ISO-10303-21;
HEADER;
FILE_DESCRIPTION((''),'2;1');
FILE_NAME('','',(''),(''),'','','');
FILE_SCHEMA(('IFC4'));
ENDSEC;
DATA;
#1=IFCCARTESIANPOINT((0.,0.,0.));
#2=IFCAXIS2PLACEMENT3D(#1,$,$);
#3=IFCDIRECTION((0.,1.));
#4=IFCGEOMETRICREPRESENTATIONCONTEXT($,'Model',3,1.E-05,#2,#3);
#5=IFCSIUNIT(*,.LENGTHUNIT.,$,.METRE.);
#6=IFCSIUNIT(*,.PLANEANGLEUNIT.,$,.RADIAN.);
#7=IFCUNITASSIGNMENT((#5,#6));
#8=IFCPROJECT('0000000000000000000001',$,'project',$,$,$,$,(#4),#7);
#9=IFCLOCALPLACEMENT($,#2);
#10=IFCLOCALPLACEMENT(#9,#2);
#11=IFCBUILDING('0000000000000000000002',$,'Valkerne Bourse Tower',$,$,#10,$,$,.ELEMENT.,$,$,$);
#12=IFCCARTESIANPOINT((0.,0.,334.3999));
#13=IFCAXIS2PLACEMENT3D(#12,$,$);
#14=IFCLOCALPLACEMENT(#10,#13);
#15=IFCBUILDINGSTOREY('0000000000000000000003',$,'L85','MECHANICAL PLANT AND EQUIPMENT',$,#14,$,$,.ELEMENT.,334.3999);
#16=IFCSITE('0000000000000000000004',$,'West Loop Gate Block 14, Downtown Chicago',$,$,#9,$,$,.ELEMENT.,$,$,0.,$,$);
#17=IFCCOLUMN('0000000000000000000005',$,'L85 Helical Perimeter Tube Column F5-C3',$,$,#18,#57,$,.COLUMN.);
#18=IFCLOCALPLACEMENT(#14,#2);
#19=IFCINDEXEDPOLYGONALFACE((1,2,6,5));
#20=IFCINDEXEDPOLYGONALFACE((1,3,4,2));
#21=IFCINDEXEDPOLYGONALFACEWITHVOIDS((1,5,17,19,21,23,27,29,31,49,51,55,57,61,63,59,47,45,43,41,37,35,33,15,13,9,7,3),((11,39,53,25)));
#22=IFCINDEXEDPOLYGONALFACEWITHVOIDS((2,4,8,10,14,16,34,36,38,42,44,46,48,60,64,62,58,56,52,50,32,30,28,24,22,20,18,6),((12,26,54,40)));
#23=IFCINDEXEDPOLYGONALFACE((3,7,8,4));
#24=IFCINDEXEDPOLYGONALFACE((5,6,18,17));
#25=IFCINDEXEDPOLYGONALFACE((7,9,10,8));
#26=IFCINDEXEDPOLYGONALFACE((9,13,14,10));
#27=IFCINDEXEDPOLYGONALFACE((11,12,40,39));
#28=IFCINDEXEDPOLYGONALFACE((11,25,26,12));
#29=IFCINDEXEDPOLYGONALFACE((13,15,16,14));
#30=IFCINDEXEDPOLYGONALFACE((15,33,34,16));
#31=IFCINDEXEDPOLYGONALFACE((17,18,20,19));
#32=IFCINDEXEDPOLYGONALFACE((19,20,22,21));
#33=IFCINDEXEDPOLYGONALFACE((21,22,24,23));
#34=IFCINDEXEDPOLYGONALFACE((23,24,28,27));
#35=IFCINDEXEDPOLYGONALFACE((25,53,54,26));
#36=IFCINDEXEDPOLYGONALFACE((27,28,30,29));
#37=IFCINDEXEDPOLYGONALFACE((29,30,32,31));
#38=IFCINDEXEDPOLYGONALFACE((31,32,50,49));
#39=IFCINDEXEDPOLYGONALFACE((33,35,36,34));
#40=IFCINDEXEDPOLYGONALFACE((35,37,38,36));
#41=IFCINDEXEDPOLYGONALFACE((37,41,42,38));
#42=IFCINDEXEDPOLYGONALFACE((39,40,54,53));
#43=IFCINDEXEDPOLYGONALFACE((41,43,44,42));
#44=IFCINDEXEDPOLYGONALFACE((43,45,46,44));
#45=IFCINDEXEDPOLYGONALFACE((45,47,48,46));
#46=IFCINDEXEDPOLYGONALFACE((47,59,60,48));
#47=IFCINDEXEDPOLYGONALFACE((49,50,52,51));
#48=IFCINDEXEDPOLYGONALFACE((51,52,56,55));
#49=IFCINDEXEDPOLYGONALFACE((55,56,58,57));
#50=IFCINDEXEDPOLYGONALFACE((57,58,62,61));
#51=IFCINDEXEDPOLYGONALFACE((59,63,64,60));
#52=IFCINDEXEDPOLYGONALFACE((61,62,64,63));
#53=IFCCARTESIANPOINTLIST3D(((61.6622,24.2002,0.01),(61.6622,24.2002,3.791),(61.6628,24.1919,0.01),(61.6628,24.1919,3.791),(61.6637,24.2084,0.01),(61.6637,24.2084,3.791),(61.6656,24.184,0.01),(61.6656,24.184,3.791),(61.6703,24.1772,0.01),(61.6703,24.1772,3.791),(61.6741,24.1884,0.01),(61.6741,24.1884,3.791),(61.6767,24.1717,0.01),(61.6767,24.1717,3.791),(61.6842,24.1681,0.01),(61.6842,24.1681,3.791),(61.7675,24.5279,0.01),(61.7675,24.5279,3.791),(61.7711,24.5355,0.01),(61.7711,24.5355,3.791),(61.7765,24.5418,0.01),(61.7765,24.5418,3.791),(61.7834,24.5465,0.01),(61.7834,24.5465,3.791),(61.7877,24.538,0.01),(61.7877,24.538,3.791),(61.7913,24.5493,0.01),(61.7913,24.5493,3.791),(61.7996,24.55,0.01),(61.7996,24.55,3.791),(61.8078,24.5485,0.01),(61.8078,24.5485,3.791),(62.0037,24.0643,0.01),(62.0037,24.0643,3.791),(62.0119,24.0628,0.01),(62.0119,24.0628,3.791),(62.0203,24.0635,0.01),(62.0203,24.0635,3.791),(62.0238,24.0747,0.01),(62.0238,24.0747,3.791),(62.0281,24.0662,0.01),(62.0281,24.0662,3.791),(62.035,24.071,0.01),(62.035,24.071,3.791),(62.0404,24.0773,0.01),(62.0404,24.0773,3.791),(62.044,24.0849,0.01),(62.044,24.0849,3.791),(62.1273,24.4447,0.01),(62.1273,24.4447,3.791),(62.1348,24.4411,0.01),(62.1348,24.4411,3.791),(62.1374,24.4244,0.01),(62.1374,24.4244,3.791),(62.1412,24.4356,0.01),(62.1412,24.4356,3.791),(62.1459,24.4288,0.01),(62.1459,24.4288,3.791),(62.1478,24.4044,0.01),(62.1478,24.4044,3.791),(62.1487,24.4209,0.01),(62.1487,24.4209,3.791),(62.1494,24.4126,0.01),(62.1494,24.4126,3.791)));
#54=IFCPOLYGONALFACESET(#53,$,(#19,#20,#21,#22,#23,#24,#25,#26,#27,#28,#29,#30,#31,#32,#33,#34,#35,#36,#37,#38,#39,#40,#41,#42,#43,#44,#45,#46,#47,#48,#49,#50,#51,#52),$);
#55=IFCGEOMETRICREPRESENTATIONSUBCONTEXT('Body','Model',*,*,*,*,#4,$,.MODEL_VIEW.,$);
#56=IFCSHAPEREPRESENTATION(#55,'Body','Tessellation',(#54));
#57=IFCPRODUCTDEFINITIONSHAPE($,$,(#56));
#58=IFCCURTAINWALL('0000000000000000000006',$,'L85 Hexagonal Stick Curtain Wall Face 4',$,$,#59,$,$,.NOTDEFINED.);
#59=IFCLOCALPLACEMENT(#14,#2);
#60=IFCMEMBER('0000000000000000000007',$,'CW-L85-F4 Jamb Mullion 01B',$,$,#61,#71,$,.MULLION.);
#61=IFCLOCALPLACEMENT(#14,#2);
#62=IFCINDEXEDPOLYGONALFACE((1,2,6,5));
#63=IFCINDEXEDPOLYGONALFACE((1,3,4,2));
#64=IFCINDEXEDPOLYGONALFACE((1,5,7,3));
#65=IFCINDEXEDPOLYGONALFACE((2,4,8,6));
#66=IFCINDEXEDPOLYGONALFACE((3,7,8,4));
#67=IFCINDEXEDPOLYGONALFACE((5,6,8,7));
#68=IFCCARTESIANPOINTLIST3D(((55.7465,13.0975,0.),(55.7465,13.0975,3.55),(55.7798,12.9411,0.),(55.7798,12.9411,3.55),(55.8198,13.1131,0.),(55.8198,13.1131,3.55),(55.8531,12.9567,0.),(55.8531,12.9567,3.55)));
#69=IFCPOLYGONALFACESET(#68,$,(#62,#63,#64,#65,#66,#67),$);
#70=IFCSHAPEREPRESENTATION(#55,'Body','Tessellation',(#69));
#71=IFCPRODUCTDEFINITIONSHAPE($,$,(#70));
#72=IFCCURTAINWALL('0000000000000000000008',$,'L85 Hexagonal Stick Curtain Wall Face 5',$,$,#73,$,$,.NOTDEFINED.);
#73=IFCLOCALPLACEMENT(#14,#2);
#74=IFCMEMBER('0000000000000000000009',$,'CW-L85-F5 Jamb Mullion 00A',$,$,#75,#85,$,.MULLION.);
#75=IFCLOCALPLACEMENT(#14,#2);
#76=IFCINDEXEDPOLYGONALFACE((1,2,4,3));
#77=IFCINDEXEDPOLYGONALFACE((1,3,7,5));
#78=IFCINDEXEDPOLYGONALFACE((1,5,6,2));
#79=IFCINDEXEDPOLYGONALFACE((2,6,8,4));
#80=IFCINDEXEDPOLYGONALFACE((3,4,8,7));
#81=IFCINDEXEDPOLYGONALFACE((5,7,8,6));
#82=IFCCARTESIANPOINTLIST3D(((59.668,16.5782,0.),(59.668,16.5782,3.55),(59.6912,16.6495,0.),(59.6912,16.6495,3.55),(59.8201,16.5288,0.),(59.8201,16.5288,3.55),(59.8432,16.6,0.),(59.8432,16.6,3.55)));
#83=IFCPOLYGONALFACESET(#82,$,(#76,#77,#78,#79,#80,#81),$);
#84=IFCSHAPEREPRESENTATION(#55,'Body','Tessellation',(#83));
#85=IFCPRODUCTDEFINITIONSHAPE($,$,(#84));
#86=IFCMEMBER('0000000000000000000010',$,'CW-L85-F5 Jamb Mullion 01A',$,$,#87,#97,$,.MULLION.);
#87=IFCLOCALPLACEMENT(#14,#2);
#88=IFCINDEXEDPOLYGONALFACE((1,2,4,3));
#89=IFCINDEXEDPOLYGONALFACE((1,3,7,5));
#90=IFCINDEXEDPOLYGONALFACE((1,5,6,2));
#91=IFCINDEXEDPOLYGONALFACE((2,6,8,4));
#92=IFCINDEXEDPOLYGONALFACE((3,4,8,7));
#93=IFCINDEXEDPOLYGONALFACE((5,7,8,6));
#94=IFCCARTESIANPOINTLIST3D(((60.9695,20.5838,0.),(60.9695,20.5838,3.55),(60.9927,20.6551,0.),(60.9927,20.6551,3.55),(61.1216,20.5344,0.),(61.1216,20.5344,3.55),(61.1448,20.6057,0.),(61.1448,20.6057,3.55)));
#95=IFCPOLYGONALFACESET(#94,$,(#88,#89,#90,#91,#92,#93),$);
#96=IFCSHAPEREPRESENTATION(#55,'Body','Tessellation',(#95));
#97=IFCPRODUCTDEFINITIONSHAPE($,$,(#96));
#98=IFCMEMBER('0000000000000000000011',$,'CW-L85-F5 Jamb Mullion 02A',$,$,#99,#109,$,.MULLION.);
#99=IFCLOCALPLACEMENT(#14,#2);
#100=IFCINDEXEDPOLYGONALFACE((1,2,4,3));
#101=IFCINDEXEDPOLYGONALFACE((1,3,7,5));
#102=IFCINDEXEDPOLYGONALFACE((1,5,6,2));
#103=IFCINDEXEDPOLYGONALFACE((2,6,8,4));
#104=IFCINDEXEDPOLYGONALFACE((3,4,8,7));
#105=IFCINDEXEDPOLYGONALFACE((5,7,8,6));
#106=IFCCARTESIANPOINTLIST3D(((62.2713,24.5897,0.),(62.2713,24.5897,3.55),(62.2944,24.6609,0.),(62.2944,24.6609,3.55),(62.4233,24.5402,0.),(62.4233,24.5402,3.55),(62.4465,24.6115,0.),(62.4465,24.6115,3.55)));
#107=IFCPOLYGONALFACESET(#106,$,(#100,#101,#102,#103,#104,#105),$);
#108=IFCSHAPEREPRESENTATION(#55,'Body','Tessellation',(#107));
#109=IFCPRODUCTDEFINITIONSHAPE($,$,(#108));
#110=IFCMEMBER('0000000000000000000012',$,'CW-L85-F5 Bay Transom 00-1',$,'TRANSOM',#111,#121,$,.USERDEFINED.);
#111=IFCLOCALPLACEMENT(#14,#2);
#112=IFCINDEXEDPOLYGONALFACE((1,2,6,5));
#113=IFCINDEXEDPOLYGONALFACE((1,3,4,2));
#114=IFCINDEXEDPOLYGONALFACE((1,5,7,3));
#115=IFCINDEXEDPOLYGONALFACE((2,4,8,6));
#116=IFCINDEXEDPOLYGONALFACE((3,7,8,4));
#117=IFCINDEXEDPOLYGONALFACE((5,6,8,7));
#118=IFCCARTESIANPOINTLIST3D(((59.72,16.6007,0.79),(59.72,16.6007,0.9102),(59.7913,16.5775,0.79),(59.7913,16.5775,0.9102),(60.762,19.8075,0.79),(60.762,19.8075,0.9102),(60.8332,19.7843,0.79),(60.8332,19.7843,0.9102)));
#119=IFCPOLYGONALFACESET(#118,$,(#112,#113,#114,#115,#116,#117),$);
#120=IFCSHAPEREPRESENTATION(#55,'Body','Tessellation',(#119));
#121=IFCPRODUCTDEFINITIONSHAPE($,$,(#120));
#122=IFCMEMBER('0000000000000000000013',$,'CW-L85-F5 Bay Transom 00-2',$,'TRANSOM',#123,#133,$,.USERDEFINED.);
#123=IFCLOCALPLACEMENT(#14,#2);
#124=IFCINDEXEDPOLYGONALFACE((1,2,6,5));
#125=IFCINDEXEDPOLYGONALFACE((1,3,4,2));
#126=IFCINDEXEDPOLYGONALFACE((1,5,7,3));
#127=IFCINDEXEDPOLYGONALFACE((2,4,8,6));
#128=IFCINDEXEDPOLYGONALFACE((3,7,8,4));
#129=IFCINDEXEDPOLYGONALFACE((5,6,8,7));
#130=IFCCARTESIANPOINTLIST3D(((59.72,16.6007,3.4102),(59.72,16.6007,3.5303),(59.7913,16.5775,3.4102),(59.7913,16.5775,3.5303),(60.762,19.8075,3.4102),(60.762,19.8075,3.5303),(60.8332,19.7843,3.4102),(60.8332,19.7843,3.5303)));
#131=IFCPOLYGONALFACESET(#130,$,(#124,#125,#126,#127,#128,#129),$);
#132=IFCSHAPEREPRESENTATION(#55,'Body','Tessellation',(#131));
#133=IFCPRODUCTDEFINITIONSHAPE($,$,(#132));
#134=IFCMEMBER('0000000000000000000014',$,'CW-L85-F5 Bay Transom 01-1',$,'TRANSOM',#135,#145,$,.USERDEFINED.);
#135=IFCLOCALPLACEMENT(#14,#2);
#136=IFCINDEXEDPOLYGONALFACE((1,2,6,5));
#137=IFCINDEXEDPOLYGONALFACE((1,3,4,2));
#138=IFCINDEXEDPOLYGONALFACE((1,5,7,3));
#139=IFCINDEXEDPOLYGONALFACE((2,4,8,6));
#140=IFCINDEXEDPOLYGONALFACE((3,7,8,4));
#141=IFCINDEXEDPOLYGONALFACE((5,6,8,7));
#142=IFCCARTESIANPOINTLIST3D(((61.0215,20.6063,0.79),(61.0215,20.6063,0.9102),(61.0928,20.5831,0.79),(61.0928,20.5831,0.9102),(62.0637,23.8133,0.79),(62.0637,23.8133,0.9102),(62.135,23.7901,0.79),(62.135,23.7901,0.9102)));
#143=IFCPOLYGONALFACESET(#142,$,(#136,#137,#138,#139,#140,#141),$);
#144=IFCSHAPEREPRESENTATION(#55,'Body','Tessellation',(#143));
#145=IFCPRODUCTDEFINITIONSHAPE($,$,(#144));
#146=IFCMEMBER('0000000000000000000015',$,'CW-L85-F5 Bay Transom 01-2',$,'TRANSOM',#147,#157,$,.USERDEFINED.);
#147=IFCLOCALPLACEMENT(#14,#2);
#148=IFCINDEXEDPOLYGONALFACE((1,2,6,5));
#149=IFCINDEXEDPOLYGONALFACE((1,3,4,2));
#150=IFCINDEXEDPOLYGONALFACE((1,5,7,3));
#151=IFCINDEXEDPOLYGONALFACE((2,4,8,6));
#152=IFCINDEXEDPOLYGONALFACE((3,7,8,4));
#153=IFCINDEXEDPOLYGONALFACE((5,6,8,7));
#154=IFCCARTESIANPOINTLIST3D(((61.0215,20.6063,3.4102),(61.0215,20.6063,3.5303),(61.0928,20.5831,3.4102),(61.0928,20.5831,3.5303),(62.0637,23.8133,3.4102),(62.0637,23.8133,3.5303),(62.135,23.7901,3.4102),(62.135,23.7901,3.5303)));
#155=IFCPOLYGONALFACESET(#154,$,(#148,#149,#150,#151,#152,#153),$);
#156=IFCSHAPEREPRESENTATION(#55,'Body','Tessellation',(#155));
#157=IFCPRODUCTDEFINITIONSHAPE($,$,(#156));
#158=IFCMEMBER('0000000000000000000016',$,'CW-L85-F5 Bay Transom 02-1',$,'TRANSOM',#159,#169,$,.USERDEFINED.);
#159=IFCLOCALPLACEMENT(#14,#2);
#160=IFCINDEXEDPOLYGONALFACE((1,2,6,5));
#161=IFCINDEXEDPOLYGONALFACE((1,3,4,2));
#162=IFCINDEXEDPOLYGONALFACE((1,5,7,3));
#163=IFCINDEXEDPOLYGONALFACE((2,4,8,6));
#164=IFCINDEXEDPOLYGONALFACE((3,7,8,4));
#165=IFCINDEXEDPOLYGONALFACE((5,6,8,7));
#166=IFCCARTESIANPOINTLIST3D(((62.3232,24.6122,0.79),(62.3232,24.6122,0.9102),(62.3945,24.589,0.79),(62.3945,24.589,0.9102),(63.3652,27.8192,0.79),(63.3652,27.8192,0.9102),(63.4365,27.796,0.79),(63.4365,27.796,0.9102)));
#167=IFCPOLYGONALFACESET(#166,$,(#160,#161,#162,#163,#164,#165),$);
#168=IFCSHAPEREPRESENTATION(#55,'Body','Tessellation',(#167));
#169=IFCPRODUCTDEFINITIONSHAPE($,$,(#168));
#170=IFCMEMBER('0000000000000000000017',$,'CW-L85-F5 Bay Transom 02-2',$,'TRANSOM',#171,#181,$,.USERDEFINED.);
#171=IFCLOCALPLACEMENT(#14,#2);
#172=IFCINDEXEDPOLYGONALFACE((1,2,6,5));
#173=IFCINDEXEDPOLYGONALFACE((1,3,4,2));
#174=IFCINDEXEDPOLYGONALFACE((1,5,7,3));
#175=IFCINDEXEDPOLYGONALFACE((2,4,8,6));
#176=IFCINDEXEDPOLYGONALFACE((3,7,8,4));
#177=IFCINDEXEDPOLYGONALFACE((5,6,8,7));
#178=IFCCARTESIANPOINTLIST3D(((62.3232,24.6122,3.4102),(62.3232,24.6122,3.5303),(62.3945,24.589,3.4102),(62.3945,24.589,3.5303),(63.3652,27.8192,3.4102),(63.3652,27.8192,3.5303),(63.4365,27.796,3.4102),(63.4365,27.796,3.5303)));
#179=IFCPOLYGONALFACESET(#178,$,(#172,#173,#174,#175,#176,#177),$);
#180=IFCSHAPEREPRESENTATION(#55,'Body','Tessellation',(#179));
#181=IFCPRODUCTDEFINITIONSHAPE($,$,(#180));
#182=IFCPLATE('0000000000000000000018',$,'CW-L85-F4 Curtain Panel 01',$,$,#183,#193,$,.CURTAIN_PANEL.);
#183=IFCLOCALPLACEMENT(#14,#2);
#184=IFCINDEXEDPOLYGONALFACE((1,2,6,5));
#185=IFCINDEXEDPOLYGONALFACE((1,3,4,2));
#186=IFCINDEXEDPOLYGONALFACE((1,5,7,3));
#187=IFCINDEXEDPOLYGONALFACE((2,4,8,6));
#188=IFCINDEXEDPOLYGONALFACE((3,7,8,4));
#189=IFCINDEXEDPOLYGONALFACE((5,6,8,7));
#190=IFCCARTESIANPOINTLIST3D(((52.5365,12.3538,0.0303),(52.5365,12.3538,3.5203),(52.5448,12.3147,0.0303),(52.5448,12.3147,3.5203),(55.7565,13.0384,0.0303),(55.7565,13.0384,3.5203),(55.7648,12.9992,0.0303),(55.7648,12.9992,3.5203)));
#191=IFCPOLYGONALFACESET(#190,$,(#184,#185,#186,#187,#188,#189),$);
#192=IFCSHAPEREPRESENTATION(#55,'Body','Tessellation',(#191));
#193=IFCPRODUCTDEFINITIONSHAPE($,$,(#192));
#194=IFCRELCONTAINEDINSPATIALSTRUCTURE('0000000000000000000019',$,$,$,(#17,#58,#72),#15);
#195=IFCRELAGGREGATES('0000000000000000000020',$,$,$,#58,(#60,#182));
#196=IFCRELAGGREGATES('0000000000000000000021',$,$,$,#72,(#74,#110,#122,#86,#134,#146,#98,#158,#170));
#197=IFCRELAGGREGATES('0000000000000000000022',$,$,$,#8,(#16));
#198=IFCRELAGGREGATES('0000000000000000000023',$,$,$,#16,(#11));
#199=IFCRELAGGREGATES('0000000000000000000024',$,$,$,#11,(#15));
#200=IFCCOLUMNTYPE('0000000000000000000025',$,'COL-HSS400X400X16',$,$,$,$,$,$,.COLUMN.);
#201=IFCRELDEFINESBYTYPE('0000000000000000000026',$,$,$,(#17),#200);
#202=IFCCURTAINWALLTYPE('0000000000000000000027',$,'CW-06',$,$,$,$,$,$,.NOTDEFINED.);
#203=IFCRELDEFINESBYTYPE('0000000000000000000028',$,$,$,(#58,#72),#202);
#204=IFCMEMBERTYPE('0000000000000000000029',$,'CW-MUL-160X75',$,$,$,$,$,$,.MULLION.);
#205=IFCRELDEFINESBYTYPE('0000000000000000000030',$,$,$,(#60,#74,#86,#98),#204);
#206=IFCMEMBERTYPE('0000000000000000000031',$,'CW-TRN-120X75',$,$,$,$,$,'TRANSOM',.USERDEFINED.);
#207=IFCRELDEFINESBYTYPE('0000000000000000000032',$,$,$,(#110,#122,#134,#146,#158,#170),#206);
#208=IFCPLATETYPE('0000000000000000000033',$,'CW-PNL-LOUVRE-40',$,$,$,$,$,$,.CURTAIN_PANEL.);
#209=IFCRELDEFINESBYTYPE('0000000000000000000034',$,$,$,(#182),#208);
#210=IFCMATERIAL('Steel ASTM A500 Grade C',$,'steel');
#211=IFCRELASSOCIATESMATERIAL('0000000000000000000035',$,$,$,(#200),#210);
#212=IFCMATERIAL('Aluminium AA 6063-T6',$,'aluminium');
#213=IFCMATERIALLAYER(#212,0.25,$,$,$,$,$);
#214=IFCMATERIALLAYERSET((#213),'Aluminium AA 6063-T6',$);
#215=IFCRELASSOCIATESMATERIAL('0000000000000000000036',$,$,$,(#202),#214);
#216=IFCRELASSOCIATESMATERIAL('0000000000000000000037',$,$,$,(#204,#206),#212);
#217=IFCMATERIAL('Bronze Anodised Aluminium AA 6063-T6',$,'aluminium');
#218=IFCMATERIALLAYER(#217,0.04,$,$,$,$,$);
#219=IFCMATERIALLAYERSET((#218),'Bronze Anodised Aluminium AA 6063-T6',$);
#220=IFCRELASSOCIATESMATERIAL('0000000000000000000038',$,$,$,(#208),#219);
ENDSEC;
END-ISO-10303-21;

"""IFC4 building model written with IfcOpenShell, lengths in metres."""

from ifc_helpers import new_model, si_unit, direction, frame, origin, origin_2d, place, context, subcontext, project, spatial, rectangle, hollow_rectangle, extrude, material, layer, layer_set, material_profile, profile_set, type_object, element, aggregate, save


model = new_model("IFC4")

# Units and contexts
model_context = context("Model", 3, precision=1e-05, world=origin(), true_north=direction((0.0, 1.0)))
body_context = subcontext(model_context, "Body", "Model", "MODEL_VIEW")
ifc_project = project(units=[si_unit("LENGTHUNIT", "METRE"), si_unit("PLANEANGLEUNIT", "RADIAN")], contexts=[model_context])

# Site, building, storey
site_placement = place(None, origin())
site = spatial("IfcSite", under=ifc_project, at=site_placement, Name="West Loop Gate Block 14, Downtown Chicago", CompositionType="ELEMENT", RefElevation=0.0)
building_placement = place(site_placement, origin())
building = spatial("IfcBuilding", under=site, at=building_placement, Name="Valkerne Bourse Tower", CompositionType="ELEMENT")
storey_placement = place(building_placement, frame((0.0, 0.0, 334.3999)))
storey = spatial("IfcBuildingStorey", under=building, at=storey_placement, Name="L85", Description="MECHANICAL PLANT AND EQUIPMENT", CompositionType="ELEMENT", Elevation=334.3999)

# Column
ifc_material_1 = material(Name="Steel ASTM A500 Grade C", Category="steel")
ifc_material_profile_1 = material_profile(ifc_material_1, hollow_rectangle(XDim=0.3999, YDim=0.3999, WallThickness=0.0161, OuterFilletRadius=0.032, at=origin_2d()), Name="HSS400X400X16")
ifc_profile_set_1 = profile_set([ifc_material_profile_1], Name="Steel ASTM A500 Grade C")
column_type = type_object("IfcColumnType", Name="COL-HSS400X400X16", PredefinedType="COLUMN", material=ifc_profile_set_1)
for number, where, z_axis, x_axis, name in (
    (1, (61.9058, 24.3064, 0.01), (0.0, 0.0, 1.0), (0.309017, 0.951057, 0.0), "L85 Helical Perimeter Tube Column F5-C3"),
):
    element("IfcColumn", number, at=place(storey_placement, frame(where, z_axis=z_axis, x_axis=x_axis)), inside=storey, type_object=column_type, Name=name, PredefinedType="COLUMN", context=body_context, shape_type="SweptSolid", body=[
        extrude(hollow_rectangle(XDim=0.3999, YDim=0.3999, WallThickness=0.0161, OuterFilletRadius=0.032, at=origin_2d()), origin(), (0.0, 0.0, 1.0), 3.781),
    ])

# Curtain wall, member
ifc_material_2 = material(Name="Aluminium AA 6063-T6", Category="aluminium")
ifc_layer_1 = layer(ifc_material_2, 0.25)
ifc_layer_set_1 = layer_set([ifc_layer_1], Name="Aluminium AA 6063-T6")
curtain_wall_type = type_object("IfcCurtainWallType", Name="CW-06", PredefinedType="NOTDEFINED", material=ifc_layer_set_1)
curtain_wall_1_placement = place(storey_placement, origin())
curtain_wall_1 = element("IfcCurtainWall", 2, at=curtain_wall_1_placement, inside=storey, type_object=curtain_wall_type, Name="L85 Hexagonal Stick Curtain Wall Face 4", PredefinedType="NOTDEFINED")
ifc_material_profile_2 = material_profile(ifc_material_2, rectangle(XDim=0.075, YDim=0.1599, at=origin_2d()), Name="CWM-75X160")
ifc_profile_set_2 = profile_set([ifc_material_profile_2], Name="Aluminium AA 6063-T6")
member_type_1 = type_object("IfcMemberType", Name="CW-MUL-160X75", PredefinedType="MULLION", material=ifc_profile_set_2)
member_1_placement = place(storey_placement, frame((55.7998, 13.0271, 0.0), z_axis=(0.0, 0.0, 1.0), x_axis=(0.978143, 0.207932, 0.0)))
member_1 = element("IfcMember", 3, at=member_1_placement, type_object=member_type_1, Name="CW-L85-F4 Jamb Mullion 01B", PredefinedType="MULLION", context=body_context, shape_type="SweptSolid", body=[
    extrude(rectangle(XDim=0.075, YDim=0.1599, at=origin_2d()), origin(), (0.0, 0.0, 1.0), 3.55),
])

# Curtain wall, members
curtain_wall_2_placement = place(storey_placement, origin())
curtain_wall_2 = element("IfcCurtainWall", 4, at=curtain_wall_2_placement, inside=storey, type_object=curtain_wall_type, Name="L85 Hexagonal Stick Curtain Wall Face 5", PredefinedType="NOTDEFINED")
member_2_placement = place(storey_placement, frame((59.7556, 16.5891, 0.0), z_axis=(0.0, 0.0, 1.0), x_axis=(0.309025, 0.951054, 0.0)))
member_2 = element("IfcMember", 5, at=member_2_placement, type_object=member_type_1, Name="CW-L85-F5 Jamb Mullion 00A", PredefinedType="MULLION", context=body_context, shape_type="SweptSolid", body=[
    extrude(rectangle(XDim=0.075, YDim=0.1599, at=origin_2d()), origin(), (0.0, 0.0, 1.0), 3.55),
])
member_3_placement = place(storey_placement, frame((61.0571, 20.5947, 0.0), z_axis=(0.0, 0.0, 1.0), x_axis=(0.309018, 0.951056, 0.0)))
member_3 = element("IfcMember", 6, at=member_3_placement, type_object=member_type_1, Name="CW-L85-F5 Jamb Mullion 01A", PredefinedType="MULLION", context=body_context, shape_type="SweptSolid", body=[
    extrude(rectangle(XDim=0.075, YDim=0.1599, at=origin_2d()), origin(), (0.0, 0.0, 1.0), 3.55),
])
member_4_placement = place(storey_placement, frame((62.3589, 24.6006, 0.0), z_axis=(0.0, 0.0, 1.0), x_axis=(0.309003, 0.951061, 0.0)))
member_4 = element("IfcMember", 7, at=member_4_placement, type_object=member_type_1, Name="CW-L85-F5 Jamb Mullion 02A", PredefinedType="MULLION", context=body_context, shape_type="SweptSolid", body=[
    extrude(rectangle(XDim=0.075, YDim=0.1599, at=origin_2d()), origin(), (0.0, 0.0, 1.0), 3.55),
])
ifc_material_profile_3 = material_profile(ifc_material_2, rectangle(XDim=0.075, YDim=0.1201, at=origin_2d()), Name="CWT-75X120")
ifc_profile_set_3 = profile_set([ifc_material_profile_3], Name="Aluminium AA 6063-T6")
member_type_2 = type_object("IfcMemberType", Name="CW-TRN-120X75", ElementType="TRANSOM", PredefinedType="USERDEFINED", material=ifc_profile_set_3)
member_5_placement = place(storey_placement, frame((59.7556, 16.5891, 0.8501), z_axis=(0.309029, 0.951053, 0.0), x_axis=(-0.951053, 0.309029, 0.0)))
member_5 = element("IfcMember", 8, at=member_5_placement, type_object=member_type_2, Name="CW-L85-F5 Bay Transom 00-1", ObjectType="TRANSOM", PredefinedType="USERDEFINED", context=body_context, shape_type="SweptSolid", body=[
    extrude(rectangle(XDim=0.075, YDim=0.1201, at=origin_2d()), origin(), (0.0, 0.0, 1.0), 3.3718),
])
member_6_placement = place(storey_placement, frame((59.7556, 16.5891, 3.4702), z_axis=(0.309029, 0.951053, 0.0), x_axis=(-0.951053, 0.309029, 0.0)))
member_6 = element("IfcMember", 9, at=member_6_placement, type_object=member_type_2, Name="CW-L85-F5 Bay Transom 00-2", ObjectType="TRANSOM", PredefinedType="USERDEFINED", context=body_context, shape_type="SweptSolid", body=[
    extrude(rectangle(XDim=0.075, YDim=0.1201, at=origin_2d()), origin(), (0.0, 0.0, 1.0), 3.3718),
])
member_7_placement = place(storey_placement, frame((61.0571, 20.5947, 0.8501), z_axis=(0.309073, 0.951038, 0.0), x_axis=(-0.951038, 0.309073, 0.0)))
member_7 = element("IfcMember", 10, at=member_7_placement, type_object=member_type_2, Name="CW-L85-F5 Bay Transom 01-1", ObjectType="TRANSOM", PredefinedType="USERDEFINED", context=body_context, shape_type="SweptSolid", body=[
    extrude(rectangle(XDim=0.075, YDim=0.1201, at=origin_2d()), origin(), (0.0, 0.0, 1.0), 3.3721),
])
member_8_placement = place(storey_placement, frame((61.0571, 20.5947, 3.4702), z_axis=(0.309073, 0.951038, 0.0), x_axis=(-0.951038, 0.309073, 0.0)))
member_8 = element("IfcMember", 11, at=member_8_placement, type_object=member_type_2, Name="CW-L85-F5 Bay Transom 01-2", ObjectType="TRANSOM", PredefinedType="USERDEFINED", context=body_context, shape_type="SweptSolid", body=[
    extrude(rectangle(XDim=0.075, YDim=0.1201, at=origin_2d()), origin(), (0.0, 0.0, 1.0), 3.3721),
])
member_9_placement = place(storey_placement, frame((62.3589, 24.6006, 0.8501), z_axis=(0.309007, 0.95106, 0.0), x_axis=(-0.95106, 0.309007, 0.0)))
member_9 = element("IfcMember", 12, at=member_9_placement, type_object=member_type_2, Name="CW-L85-F5 Bay Transom 02-1", ObjectType="TRANSOM", PredefinedType="USERDEFINED", context=body_context, shape_type="SweptSolid", body=[
    extrude(rectangle(XDim=0.075, YDim=0.1201, at=origin_2d()), origin(), (0.0, 0.0, 1.0), 3.3721),
])
member_10_placement = place(storey_placement, frame((62.3589, 24.6006, 3.4702), z_axis=(0.309007, 0.95106, 0.0), x_axis=(-0.95106, 0.309007, 0.0)))
member_10 = element("IfcMember", 13, at=member_10_placement, type_object=member_type_2, Name="CW-L85-F5 Bay Transom 02-2", ObjectType="TRANSOM", PredefinedType="USERDEFINED", context=body_context, shape_type="SweptSolid", body=[
    extrude(rectangle(XDim=0.075, YDim=0.1201, at=origin_2d()), origin(), (0.0, 0.0, 1.0), 3.3721),
])

# Plate
ifc_material_3 = material(Name="Bronze Anodised Aluminium AA 6063-T6", Category="aluminium")
ifc_layer_2 = layer(ifc_material_3, 0.04)
ifc_layer_set_2 = layer_set([ifc_layer_2], Name="Bronze Anodised Aluminium AA 6063-T6")
plate_type_1 = type_object("IfcPlateType", Name="CW-PNL-LOUVRE-40", PredefinedType="CURTAIN_PANEL", material=ifc_layer_set_2)
plate_1_placement = place(storey_placement, frame((54.1506, 12.6765, 0.0303), z_axis=(0.0, 0.0, 1.0), x_axis=(0.978143, 0.207932, 0.0)))
plate_1 = element("IfcPlate", 14, at=plate_1_placement, type_object=plate_type_1, Name="CW-L85-F4 Curtain Panel 01", PredefinedType="CURTAIN_PANEL", context=body_context, shape_type="SweptSolid", body=[
    extrude(rectangle(XDim=3.292, YDim=0.04, at=origin_2d()), origin(), (0.0, 0.0, 1.0), 3.49),
])
aggregate(curtain_wall_1, [member_1, plate_1])
aggregate(curtain_wall_2, [member_2, member_5, member_6, member_3, member_7, member_8, member_4, member_9, member_10])

save(model, "model.ifc")
